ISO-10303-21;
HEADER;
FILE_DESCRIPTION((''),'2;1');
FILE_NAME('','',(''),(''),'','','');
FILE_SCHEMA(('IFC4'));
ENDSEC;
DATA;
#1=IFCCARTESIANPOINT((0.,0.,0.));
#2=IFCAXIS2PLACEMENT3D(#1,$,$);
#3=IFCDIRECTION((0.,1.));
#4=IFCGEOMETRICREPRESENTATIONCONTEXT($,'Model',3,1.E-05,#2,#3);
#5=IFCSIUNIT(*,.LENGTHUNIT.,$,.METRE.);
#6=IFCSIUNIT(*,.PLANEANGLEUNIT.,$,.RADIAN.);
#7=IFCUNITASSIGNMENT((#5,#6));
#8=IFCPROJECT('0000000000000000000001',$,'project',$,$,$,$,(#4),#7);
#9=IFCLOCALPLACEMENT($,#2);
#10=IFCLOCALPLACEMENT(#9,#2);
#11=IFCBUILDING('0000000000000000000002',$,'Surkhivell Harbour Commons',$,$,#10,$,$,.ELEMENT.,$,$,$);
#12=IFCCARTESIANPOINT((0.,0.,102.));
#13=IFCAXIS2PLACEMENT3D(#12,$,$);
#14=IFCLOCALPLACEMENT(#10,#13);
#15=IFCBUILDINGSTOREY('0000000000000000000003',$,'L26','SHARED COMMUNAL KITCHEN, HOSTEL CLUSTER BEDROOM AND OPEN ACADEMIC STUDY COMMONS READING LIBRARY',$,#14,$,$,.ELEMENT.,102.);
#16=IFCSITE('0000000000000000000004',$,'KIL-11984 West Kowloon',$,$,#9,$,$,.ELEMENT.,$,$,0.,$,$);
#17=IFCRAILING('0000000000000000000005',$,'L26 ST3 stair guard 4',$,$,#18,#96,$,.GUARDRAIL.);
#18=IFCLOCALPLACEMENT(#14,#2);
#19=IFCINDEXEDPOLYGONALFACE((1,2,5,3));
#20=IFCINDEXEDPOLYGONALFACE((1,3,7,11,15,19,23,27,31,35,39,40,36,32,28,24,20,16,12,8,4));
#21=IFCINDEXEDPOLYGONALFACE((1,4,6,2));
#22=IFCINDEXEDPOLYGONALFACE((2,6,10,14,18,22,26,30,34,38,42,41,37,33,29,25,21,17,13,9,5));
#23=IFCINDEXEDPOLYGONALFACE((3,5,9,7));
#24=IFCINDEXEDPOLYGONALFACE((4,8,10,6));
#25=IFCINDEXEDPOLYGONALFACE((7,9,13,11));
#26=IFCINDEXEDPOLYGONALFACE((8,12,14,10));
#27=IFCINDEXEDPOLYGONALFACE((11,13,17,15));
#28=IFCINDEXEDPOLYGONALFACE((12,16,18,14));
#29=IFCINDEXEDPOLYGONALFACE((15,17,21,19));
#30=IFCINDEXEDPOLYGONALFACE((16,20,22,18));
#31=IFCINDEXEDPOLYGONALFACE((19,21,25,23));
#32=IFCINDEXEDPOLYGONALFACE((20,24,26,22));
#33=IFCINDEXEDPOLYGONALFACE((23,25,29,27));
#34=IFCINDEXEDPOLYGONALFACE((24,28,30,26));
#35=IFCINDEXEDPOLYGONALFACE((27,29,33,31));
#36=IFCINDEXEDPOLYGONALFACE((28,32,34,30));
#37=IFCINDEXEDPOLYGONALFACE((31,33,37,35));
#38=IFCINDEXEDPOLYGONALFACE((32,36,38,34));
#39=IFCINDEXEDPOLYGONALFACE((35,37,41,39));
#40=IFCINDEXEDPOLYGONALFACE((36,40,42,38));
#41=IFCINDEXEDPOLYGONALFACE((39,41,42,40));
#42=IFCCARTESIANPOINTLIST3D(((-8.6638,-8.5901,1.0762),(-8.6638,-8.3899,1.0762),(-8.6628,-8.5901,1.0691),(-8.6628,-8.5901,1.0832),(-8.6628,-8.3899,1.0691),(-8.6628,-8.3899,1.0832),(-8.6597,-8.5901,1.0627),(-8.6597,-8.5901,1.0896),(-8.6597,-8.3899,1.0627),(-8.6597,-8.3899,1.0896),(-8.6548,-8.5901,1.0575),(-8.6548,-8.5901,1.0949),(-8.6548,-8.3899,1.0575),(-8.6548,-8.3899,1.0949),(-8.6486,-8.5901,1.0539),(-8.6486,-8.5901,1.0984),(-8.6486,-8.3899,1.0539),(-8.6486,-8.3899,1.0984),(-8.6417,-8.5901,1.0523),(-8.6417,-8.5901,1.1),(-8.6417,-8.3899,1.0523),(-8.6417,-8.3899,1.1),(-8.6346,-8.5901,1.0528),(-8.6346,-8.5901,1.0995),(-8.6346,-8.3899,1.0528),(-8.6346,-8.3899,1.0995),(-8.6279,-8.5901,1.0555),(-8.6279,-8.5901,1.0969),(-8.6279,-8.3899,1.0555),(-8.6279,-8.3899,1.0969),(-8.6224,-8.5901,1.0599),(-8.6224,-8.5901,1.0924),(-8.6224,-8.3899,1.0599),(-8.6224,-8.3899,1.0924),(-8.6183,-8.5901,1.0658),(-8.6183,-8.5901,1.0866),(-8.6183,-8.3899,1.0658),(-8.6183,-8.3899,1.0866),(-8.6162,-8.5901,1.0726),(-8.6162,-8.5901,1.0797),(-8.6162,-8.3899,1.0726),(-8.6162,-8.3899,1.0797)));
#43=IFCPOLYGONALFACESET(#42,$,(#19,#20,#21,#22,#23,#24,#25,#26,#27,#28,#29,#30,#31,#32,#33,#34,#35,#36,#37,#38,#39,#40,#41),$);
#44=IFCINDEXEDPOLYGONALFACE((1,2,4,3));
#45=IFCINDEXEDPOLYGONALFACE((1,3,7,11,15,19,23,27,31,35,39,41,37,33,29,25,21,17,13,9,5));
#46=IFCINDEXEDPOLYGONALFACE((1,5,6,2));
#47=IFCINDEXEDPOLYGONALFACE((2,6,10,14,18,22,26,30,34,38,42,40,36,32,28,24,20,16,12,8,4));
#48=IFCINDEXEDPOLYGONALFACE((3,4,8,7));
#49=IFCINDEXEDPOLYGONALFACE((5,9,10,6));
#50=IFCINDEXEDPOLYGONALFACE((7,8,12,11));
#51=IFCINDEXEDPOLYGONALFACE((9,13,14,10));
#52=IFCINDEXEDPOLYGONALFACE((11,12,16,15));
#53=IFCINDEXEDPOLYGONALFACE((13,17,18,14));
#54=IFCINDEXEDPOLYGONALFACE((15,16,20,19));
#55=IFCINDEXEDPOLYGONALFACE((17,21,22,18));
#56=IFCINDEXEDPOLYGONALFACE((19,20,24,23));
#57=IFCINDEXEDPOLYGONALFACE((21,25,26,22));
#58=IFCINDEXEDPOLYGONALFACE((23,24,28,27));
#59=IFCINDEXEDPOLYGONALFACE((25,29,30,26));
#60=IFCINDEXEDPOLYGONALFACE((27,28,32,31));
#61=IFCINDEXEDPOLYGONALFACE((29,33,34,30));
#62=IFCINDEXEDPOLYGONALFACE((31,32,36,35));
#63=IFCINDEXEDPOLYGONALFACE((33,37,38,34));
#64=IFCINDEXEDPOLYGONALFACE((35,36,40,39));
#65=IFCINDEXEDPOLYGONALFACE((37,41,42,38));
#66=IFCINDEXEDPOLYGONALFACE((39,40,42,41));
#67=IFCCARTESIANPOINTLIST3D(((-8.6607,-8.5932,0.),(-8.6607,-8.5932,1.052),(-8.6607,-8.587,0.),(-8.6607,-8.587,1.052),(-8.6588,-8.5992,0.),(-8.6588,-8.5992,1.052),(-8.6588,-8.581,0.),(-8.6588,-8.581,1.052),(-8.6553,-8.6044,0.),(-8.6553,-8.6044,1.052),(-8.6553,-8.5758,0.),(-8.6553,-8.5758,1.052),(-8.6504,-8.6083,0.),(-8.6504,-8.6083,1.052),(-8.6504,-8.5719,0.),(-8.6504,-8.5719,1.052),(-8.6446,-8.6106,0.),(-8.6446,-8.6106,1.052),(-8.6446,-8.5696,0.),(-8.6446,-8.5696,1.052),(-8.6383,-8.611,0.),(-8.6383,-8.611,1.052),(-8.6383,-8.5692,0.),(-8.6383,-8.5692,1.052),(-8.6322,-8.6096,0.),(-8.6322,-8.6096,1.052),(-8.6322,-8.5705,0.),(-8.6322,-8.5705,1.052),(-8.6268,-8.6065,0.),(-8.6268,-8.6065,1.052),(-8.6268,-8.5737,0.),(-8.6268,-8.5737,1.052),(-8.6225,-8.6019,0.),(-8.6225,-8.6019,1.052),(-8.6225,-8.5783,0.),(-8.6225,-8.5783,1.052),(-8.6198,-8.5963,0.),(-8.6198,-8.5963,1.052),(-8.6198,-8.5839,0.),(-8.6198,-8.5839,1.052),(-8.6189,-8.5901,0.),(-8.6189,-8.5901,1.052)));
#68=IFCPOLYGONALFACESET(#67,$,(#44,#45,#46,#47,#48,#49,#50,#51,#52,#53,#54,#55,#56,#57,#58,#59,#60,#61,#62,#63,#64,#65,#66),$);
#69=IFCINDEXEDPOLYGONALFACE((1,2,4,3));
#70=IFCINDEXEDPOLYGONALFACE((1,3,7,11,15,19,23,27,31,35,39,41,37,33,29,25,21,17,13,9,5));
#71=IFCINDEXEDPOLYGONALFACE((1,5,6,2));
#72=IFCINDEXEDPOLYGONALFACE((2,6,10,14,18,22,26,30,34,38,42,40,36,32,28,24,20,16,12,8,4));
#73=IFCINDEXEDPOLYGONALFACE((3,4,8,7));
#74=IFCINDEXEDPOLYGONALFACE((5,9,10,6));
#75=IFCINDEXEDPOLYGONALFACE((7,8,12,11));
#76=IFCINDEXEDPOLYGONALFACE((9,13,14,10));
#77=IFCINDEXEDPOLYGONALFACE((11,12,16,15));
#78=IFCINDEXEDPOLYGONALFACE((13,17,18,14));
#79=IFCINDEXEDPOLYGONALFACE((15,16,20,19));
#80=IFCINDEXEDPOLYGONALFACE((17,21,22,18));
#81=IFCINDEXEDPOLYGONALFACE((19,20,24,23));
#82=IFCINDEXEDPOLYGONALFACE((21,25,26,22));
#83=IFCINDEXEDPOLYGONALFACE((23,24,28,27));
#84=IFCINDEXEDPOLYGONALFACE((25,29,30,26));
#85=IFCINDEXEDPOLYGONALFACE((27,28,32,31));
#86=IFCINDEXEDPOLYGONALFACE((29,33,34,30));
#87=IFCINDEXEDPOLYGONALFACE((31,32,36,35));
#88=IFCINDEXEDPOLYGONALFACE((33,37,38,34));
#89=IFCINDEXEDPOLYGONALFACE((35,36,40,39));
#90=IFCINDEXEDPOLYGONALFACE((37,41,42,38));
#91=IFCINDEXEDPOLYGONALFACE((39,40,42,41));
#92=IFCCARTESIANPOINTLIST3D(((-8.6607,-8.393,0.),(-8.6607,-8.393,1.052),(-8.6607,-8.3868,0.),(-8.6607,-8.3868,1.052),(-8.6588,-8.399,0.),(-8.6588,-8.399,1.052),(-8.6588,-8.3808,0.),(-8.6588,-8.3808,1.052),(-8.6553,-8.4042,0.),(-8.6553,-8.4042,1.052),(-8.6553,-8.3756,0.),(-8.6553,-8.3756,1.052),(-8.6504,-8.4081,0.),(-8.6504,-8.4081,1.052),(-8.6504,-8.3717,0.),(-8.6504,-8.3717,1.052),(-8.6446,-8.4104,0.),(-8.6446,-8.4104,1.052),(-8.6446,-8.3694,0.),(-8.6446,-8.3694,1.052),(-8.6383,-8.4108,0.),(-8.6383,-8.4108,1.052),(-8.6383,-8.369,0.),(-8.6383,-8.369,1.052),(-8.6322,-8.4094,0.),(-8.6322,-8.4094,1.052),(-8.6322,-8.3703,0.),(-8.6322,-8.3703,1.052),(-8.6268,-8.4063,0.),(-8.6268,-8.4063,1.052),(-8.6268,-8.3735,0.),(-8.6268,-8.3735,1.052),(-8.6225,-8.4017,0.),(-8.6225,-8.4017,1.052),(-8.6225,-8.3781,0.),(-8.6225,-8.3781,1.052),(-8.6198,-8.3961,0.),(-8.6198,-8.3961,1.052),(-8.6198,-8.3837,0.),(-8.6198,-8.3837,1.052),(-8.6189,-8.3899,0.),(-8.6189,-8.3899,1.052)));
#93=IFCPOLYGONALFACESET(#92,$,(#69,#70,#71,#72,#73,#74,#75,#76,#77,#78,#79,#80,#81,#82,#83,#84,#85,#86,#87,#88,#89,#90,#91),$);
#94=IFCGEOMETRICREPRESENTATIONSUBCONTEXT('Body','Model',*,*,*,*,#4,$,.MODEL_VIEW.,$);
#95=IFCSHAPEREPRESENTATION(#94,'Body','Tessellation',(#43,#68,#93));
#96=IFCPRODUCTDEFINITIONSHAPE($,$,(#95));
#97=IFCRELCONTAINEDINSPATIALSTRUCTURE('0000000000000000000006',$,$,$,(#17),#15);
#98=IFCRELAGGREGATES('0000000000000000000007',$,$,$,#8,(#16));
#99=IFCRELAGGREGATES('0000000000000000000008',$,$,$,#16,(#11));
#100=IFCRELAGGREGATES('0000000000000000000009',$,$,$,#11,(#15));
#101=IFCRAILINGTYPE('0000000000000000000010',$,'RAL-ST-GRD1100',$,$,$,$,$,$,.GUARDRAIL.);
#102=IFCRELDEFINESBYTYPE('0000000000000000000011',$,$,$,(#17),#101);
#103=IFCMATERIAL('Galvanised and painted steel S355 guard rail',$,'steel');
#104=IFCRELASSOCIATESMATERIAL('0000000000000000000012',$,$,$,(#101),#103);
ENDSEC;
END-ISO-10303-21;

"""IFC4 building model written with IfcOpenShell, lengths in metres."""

from ifc_helpers import new_model, si_unit, direction, frame, origin, origin_2d, place, context, subcontext, project, spatial, circle, extrude, material, type_object, element, save


model = new_model("IFC4")

# Units and contexts
model_context = context("Model", 3, precision=1e-05, world=origin(), true_north=direction((0.0, 1.0)))
body_context = subcontext(model_context, "Body", "Model", "MODEL_VIEW")
ifc_project = project(units=[si_unit("LENGTHUNIT", "METRE"), si_unit("PLANEANGLEUNIT", "RADIAN")], contexts=[model_context])

# Site, building, storey
site_placement = place(None, origin())
site = spatial("IfcSite", under=ifc_project, at=site_placement, Name="KIL-11984 West Kowloon", CompositionType="ELEMENT", RefElevation=0.0)
building_placement = place(site_placement, origin())
building = spatial("IfcBuilding", under=site, at=building_placement, Name="Surkhivell Harbour Commons", CompositionType="ELEMENT")
storey_placement = place(building_placement, frame((0.0, 0.0, 102.0)))
storey = spatial("IfcBuildingStorey", under=building, at=storey_placement, Name="L26", Description="SHARED COMMUNAL KITCHEN, HOSTEL CLUSTER BEDROOM AND OPEN ACADEMIC STUDY COMMONS READING LIBRARY", CompositionType="ELEMENT", Elevation=102.0)

# Railing
ifc_material_1 = material(Name="Galvanised and painted steel S355 guard rail", Category="steel")
railing_type_1 = type_object("IfcRailingType", Name="RAL-ST-GRD1100", PredefinedType="GUARDRAIL", material=ifc_material_1)
railing_1_placement = place(storey_placement, frame((-8.6399, -8.5901, 0.0)))
element("IfcRailing", 1, at=railing_1_placement, inside=storey, type_object=railing_type_1, Name="L26 ST3 stair guard 4", PredefinedType="GUARDRAIL", context=body_context, shape_type="SweptSolid", body=[
    extrude(circle(Radius=0.0239, at=origin_2d()), frame((0.0, 0.0, 1.0762), z_axis=(0.0, 1.0, 0.0), x_axis=(-1.0, 0.0, 0.0)), (0.0, 0.0, 1.0), 0.2002),
    extrude(circle(Radius=0.021, at=origin_2d()), origin(), (0.0, 0.0, 1.0), 1.052),
    extrude(circle(Radius=0.021, at=origin_2d()), frame((0.0, 0.2002, 0.0)), (0.0, 0.0, 1.0), 1.052),
])

save(model, "model.ifc")
